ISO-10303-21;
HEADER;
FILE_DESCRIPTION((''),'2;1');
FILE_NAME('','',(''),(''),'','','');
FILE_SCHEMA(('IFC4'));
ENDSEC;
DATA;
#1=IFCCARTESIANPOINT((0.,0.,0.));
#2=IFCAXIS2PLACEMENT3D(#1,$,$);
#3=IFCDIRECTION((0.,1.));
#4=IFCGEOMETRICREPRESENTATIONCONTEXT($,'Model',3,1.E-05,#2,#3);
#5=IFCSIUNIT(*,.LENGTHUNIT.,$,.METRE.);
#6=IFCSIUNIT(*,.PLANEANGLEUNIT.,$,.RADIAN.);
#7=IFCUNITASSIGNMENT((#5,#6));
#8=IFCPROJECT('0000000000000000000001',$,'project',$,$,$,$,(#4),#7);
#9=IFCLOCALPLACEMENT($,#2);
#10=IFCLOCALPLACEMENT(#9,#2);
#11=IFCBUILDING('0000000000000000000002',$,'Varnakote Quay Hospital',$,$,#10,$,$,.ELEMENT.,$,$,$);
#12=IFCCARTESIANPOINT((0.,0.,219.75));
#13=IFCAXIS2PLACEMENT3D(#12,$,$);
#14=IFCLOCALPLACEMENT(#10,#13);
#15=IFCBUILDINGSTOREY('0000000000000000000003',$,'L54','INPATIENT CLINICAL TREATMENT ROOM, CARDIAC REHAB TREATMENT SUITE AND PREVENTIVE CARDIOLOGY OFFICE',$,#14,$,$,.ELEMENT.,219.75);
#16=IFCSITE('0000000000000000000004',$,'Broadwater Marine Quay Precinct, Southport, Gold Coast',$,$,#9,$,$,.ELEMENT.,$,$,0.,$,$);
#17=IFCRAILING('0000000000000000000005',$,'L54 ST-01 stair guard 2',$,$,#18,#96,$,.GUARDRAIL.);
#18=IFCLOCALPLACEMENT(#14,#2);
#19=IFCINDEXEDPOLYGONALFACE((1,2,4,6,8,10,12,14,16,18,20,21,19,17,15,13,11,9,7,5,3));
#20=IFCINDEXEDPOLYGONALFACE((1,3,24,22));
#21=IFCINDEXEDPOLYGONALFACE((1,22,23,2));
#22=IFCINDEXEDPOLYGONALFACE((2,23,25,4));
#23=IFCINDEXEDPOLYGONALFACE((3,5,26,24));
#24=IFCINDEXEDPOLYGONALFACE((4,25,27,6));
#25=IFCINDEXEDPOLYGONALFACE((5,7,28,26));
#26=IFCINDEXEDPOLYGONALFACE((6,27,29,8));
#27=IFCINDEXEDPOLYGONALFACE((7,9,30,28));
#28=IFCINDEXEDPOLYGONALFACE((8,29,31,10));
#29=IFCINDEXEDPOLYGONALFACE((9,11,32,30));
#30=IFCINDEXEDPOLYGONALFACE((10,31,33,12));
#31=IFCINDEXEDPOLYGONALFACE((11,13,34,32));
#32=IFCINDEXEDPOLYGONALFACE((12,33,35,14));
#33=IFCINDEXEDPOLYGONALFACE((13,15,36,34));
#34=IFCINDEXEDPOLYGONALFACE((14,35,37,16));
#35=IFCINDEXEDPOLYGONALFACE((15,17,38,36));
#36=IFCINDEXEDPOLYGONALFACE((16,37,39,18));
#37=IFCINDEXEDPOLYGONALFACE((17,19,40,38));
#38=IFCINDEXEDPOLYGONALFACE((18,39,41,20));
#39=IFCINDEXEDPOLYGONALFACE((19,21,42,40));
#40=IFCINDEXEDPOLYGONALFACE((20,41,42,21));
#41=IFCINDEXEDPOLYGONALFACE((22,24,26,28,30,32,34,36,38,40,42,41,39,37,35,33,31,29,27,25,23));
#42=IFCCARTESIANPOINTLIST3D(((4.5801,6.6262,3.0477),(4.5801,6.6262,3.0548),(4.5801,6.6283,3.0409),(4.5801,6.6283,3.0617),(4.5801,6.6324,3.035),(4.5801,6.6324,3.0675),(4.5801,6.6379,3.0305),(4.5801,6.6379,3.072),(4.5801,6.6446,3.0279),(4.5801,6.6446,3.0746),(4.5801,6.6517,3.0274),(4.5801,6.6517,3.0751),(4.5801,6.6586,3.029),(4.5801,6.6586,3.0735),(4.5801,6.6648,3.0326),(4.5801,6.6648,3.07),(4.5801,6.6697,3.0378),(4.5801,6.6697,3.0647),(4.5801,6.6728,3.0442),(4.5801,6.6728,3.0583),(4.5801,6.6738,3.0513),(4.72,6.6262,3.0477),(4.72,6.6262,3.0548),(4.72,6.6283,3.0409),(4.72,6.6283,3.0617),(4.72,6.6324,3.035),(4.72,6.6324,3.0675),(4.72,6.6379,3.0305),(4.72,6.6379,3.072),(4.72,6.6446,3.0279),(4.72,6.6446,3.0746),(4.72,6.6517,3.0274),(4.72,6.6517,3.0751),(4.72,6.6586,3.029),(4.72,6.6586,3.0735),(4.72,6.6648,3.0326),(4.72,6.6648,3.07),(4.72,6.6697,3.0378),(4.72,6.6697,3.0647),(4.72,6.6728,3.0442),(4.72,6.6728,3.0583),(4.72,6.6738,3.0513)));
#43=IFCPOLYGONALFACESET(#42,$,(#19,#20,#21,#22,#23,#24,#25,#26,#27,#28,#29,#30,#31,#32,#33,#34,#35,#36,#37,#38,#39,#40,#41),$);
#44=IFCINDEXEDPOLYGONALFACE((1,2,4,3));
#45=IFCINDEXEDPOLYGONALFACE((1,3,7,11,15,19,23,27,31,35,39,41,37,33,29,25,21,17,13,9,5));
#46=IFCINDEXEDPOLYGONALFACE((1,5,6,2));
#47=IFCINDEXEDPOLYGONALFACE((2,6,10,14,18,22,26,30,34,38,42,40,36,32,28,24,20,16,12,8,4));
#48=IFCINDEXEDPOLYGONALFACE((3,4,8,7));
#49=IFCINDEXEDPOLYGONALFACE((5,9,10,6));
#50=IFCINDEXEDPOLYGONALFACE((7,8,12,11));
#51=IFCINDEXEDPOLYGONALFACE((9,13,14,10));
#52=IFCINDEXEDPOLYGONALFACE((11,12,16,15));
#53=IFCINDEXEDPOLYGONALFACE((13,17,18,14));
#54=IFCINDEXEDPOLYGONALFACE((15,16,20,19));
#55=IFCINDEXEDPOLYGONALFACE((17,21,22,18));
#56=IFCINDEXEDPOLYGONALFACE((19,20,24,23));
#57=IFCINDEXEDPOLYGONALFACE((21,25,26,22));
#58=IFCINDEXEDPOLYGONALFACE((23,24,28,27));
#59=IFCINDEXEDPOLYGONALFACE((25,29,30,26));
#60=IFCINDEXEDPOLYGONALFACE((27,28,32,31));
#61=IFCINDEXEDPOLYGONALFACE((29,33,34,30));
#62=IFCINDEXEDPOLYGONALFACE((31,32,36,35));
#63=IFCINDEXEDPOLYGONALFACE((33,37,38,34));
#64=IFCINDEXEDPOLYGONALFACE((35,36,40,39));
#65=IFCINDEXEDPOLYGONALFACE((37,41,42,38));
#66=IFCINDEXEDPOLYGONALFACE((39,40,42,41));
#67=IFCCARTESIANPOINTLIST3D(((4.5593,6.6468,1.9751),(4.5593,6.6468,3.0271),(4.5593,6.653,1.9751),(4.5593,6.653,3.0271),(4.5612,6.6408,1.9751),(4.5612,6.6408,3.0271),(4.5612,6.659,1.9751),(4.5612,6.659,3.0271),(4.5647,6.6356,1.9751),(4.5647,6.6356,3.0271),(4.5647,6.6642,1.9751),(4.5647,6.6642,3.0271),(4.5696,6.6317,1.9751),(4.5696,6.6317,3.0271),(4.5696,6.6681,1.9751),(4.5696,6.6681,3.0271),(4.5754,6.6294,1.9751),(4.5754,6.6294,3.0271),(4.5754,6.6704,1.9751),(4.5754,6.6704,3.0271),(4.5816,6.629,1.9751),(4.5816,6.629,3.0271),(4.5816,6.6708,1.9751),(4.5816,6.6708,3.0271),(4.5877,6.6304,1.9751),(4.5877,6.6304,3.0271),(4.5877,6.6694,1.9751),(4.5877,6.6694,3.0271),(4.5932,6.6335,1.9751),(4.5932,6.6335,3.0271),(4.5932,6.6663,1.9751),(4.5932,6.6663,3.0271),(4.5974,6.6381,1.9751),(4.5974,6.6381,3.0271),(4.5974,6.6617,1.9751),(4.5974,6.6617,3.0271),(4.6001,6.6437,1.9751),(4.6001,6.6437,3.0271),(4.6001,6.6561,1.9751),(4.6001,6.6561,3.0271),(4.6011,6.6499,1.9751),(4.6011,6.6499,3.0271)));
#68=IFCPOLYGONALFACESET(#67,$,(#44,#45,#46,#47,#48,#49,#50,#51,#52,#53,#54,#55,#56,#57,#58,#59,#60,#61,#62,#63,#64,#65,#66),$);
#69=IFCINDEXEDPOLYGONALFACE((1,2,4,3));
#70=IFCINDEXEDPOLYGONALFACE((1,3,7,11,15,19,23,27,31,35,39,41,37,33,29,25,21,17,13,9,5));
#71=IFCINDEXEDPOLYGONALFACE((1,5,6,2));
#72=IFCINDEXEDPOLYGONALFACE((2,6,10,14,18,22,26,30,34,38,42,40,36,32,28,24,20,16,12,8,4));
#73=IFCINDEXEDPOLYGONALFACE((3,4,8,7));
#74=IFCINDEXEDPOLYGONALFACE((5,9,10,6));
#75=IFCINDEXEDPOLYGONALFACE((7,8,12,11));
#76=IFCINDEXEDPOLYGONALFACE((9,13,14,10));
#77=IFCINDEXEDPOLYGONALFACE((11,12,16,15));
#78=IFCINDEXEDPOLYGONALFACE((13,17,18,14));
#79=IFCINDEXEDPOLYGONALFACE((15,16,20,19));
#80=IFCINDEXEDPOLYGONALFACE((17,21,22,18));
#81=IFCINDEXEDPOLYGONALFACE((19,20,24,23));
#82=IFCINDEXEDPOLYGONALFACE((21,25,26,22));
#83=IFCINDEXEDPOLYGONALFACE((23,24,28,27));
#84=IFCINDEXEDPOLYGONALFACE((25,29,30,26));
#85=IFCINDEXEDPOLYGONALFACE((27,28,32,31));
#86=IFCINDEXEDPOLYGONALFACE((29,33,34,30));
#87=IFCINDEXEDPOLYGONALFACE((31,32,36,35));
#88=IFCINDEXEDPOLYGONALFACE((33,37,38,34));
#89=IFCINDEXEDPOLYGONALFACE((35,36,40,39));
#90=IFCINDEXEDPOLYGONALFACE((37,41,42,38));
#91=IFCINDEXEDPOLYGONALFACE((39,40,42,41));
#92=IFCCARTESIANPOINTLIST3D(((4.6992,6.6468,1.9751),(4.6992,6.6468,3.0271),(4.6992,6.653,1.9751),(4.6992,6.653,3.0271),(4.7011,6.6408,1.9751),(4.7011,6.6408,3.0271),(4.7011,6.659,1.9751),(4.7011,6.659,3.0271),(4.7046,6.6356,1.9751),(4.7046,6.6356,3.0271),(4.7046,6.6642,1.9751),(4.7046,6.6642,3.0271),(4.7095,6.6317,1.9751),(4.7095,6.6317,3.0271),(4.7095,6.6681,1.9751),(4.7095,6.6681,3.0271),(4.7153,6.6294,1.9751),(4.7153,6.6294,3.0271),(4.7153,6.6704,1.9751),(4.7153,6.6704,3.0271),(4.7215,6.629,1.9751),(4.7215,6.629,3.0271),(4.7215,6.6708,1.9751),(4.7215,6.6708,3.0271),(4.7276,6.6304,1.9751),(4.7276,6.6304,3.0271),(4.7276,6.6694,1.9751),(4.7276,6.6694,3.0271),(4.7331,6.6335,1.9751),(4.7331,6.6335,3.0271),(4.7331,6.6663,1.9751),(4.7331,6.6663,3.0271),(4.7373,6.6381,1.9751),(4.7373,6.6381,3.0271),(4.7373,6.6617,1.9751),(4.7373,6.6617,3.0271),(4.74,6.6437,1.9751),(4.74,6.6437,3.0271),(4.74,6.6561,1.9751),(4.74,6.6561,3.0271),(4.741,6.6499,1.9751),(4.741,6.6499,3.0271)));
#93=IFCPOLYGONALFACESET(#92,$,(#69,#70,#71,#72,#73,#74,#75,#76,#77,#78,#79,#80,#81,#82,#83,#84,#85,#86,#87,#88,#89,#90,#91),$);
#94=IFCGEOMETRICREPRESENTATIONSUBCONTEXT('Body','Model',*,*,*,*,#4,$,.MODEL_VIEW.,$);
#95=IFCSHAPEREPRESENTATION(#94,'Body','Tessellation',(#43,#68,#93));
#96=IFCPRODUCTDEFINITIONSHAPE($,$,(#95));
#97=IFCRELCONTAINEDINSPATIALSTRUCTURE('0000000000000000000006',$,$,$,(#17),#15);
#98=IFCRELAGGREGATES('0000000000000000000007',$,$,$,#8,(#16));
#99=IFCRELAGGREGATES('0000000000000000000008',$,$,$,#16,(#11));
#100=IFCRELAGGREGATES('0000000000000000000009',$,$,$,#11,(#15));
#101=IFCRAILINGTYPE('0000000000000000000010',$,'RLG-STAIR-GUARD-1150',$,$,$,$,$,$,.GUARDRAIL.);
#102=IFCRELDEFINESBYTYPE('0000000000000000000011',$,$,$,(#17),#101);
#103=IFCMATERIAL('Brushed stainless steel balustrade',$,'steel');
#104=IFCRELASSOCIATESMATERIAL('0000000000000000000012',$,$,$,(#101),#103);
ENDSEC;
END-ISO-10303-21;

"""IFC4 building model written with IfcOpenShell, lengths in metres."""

from ifc_helpers import new_model, si_unit, direction, frame, origin, origin_2d, place, context, subcontext, project, spatial, circle, extrude, material, type_object, element, save


model = new_model("IFC4")

# Units and contexts
model_context = context("Model", 3, precision=1e-05, world=origin(), true_north=direction((0.0, 1.0)))
body_context = subcontext(model_context, "Body", "Model", "MODEL_VIEW")
ifc_project = project(units=[si_unit("LENGTHUNIT", "METRE"), si_unit("PLANEANGLEUNIT", "RADIAN")], contexts=[model_context])

# Site, building, storey
site_placement = place(None, origin())
site = spatial("IfcSite", under=ifc_project, at=site_placement, Name="Broadwater Marine Quay Precinct, Southport, Gold Coast", CompositionType="ELEMENT", RefElevation=0.0)
building_placement = place(site_placement, origin())
building = spatial("IfcBuilding", under=site, at=building_placement, Name="Varnakote Quay Hospital", CompositionType="ELEMENT")
storey_placement = place(building_placement, frame((0.0, 0.0, 219.75)))
storey = spatial("IfcBuildingStorey", under=building, at=storey_placement, Name="L54", Description="INPATIENT CLINICAL TREATMENT ROOM, CARDIAC REHAB TREATMENT SUITE AND PREVENTIVE CARDIOLOGY OFFICE", CompositionType="ELEMENT", Elevation=219.75)

# Railing
ifc_material_1 = material(Name="Brushed stainless steel balustrade", Category="steel")
railing_type_1 = type_object("IfcRailingType", Name="RLG-STAIR-GUARD-1150", PredefinedType="GUARDRAIL", material=ifc_material_1)
railing_1_placement = place(storey_placement, frame((4.5801, 6.6499, 1.9751)))
element("IfcRailing", 1, at=railing_1_placement, inside=storey, type_object=railing_type_1, Name="L54 ST-01 stair guard 2", PredefinedType="GUARDRAIL", context=body_context, shape_type="SweptSolid", body=[
    extrude(circle(Radius=0.0239, at=origin_2d()), frame((0.0, 0.0, 1.0762), z_axis=(1.0, 0.0, 0.0), x_axis=(0.0, 1.0, 0.0)), (0.0, 0.0, 1.0), 0.1399),
    extrude(circle(Radius=0.021, at=origin_2d()), origin(), (0.0, 0.0, 1.0), 1.052),
    extrude(circle(Radius=0.021, at=origin_2d()), frame((0.1399, 0.0, 0.0)), (0.0, 0.0, 1.0), 1.052),
])

save(model, "model.ifc")
